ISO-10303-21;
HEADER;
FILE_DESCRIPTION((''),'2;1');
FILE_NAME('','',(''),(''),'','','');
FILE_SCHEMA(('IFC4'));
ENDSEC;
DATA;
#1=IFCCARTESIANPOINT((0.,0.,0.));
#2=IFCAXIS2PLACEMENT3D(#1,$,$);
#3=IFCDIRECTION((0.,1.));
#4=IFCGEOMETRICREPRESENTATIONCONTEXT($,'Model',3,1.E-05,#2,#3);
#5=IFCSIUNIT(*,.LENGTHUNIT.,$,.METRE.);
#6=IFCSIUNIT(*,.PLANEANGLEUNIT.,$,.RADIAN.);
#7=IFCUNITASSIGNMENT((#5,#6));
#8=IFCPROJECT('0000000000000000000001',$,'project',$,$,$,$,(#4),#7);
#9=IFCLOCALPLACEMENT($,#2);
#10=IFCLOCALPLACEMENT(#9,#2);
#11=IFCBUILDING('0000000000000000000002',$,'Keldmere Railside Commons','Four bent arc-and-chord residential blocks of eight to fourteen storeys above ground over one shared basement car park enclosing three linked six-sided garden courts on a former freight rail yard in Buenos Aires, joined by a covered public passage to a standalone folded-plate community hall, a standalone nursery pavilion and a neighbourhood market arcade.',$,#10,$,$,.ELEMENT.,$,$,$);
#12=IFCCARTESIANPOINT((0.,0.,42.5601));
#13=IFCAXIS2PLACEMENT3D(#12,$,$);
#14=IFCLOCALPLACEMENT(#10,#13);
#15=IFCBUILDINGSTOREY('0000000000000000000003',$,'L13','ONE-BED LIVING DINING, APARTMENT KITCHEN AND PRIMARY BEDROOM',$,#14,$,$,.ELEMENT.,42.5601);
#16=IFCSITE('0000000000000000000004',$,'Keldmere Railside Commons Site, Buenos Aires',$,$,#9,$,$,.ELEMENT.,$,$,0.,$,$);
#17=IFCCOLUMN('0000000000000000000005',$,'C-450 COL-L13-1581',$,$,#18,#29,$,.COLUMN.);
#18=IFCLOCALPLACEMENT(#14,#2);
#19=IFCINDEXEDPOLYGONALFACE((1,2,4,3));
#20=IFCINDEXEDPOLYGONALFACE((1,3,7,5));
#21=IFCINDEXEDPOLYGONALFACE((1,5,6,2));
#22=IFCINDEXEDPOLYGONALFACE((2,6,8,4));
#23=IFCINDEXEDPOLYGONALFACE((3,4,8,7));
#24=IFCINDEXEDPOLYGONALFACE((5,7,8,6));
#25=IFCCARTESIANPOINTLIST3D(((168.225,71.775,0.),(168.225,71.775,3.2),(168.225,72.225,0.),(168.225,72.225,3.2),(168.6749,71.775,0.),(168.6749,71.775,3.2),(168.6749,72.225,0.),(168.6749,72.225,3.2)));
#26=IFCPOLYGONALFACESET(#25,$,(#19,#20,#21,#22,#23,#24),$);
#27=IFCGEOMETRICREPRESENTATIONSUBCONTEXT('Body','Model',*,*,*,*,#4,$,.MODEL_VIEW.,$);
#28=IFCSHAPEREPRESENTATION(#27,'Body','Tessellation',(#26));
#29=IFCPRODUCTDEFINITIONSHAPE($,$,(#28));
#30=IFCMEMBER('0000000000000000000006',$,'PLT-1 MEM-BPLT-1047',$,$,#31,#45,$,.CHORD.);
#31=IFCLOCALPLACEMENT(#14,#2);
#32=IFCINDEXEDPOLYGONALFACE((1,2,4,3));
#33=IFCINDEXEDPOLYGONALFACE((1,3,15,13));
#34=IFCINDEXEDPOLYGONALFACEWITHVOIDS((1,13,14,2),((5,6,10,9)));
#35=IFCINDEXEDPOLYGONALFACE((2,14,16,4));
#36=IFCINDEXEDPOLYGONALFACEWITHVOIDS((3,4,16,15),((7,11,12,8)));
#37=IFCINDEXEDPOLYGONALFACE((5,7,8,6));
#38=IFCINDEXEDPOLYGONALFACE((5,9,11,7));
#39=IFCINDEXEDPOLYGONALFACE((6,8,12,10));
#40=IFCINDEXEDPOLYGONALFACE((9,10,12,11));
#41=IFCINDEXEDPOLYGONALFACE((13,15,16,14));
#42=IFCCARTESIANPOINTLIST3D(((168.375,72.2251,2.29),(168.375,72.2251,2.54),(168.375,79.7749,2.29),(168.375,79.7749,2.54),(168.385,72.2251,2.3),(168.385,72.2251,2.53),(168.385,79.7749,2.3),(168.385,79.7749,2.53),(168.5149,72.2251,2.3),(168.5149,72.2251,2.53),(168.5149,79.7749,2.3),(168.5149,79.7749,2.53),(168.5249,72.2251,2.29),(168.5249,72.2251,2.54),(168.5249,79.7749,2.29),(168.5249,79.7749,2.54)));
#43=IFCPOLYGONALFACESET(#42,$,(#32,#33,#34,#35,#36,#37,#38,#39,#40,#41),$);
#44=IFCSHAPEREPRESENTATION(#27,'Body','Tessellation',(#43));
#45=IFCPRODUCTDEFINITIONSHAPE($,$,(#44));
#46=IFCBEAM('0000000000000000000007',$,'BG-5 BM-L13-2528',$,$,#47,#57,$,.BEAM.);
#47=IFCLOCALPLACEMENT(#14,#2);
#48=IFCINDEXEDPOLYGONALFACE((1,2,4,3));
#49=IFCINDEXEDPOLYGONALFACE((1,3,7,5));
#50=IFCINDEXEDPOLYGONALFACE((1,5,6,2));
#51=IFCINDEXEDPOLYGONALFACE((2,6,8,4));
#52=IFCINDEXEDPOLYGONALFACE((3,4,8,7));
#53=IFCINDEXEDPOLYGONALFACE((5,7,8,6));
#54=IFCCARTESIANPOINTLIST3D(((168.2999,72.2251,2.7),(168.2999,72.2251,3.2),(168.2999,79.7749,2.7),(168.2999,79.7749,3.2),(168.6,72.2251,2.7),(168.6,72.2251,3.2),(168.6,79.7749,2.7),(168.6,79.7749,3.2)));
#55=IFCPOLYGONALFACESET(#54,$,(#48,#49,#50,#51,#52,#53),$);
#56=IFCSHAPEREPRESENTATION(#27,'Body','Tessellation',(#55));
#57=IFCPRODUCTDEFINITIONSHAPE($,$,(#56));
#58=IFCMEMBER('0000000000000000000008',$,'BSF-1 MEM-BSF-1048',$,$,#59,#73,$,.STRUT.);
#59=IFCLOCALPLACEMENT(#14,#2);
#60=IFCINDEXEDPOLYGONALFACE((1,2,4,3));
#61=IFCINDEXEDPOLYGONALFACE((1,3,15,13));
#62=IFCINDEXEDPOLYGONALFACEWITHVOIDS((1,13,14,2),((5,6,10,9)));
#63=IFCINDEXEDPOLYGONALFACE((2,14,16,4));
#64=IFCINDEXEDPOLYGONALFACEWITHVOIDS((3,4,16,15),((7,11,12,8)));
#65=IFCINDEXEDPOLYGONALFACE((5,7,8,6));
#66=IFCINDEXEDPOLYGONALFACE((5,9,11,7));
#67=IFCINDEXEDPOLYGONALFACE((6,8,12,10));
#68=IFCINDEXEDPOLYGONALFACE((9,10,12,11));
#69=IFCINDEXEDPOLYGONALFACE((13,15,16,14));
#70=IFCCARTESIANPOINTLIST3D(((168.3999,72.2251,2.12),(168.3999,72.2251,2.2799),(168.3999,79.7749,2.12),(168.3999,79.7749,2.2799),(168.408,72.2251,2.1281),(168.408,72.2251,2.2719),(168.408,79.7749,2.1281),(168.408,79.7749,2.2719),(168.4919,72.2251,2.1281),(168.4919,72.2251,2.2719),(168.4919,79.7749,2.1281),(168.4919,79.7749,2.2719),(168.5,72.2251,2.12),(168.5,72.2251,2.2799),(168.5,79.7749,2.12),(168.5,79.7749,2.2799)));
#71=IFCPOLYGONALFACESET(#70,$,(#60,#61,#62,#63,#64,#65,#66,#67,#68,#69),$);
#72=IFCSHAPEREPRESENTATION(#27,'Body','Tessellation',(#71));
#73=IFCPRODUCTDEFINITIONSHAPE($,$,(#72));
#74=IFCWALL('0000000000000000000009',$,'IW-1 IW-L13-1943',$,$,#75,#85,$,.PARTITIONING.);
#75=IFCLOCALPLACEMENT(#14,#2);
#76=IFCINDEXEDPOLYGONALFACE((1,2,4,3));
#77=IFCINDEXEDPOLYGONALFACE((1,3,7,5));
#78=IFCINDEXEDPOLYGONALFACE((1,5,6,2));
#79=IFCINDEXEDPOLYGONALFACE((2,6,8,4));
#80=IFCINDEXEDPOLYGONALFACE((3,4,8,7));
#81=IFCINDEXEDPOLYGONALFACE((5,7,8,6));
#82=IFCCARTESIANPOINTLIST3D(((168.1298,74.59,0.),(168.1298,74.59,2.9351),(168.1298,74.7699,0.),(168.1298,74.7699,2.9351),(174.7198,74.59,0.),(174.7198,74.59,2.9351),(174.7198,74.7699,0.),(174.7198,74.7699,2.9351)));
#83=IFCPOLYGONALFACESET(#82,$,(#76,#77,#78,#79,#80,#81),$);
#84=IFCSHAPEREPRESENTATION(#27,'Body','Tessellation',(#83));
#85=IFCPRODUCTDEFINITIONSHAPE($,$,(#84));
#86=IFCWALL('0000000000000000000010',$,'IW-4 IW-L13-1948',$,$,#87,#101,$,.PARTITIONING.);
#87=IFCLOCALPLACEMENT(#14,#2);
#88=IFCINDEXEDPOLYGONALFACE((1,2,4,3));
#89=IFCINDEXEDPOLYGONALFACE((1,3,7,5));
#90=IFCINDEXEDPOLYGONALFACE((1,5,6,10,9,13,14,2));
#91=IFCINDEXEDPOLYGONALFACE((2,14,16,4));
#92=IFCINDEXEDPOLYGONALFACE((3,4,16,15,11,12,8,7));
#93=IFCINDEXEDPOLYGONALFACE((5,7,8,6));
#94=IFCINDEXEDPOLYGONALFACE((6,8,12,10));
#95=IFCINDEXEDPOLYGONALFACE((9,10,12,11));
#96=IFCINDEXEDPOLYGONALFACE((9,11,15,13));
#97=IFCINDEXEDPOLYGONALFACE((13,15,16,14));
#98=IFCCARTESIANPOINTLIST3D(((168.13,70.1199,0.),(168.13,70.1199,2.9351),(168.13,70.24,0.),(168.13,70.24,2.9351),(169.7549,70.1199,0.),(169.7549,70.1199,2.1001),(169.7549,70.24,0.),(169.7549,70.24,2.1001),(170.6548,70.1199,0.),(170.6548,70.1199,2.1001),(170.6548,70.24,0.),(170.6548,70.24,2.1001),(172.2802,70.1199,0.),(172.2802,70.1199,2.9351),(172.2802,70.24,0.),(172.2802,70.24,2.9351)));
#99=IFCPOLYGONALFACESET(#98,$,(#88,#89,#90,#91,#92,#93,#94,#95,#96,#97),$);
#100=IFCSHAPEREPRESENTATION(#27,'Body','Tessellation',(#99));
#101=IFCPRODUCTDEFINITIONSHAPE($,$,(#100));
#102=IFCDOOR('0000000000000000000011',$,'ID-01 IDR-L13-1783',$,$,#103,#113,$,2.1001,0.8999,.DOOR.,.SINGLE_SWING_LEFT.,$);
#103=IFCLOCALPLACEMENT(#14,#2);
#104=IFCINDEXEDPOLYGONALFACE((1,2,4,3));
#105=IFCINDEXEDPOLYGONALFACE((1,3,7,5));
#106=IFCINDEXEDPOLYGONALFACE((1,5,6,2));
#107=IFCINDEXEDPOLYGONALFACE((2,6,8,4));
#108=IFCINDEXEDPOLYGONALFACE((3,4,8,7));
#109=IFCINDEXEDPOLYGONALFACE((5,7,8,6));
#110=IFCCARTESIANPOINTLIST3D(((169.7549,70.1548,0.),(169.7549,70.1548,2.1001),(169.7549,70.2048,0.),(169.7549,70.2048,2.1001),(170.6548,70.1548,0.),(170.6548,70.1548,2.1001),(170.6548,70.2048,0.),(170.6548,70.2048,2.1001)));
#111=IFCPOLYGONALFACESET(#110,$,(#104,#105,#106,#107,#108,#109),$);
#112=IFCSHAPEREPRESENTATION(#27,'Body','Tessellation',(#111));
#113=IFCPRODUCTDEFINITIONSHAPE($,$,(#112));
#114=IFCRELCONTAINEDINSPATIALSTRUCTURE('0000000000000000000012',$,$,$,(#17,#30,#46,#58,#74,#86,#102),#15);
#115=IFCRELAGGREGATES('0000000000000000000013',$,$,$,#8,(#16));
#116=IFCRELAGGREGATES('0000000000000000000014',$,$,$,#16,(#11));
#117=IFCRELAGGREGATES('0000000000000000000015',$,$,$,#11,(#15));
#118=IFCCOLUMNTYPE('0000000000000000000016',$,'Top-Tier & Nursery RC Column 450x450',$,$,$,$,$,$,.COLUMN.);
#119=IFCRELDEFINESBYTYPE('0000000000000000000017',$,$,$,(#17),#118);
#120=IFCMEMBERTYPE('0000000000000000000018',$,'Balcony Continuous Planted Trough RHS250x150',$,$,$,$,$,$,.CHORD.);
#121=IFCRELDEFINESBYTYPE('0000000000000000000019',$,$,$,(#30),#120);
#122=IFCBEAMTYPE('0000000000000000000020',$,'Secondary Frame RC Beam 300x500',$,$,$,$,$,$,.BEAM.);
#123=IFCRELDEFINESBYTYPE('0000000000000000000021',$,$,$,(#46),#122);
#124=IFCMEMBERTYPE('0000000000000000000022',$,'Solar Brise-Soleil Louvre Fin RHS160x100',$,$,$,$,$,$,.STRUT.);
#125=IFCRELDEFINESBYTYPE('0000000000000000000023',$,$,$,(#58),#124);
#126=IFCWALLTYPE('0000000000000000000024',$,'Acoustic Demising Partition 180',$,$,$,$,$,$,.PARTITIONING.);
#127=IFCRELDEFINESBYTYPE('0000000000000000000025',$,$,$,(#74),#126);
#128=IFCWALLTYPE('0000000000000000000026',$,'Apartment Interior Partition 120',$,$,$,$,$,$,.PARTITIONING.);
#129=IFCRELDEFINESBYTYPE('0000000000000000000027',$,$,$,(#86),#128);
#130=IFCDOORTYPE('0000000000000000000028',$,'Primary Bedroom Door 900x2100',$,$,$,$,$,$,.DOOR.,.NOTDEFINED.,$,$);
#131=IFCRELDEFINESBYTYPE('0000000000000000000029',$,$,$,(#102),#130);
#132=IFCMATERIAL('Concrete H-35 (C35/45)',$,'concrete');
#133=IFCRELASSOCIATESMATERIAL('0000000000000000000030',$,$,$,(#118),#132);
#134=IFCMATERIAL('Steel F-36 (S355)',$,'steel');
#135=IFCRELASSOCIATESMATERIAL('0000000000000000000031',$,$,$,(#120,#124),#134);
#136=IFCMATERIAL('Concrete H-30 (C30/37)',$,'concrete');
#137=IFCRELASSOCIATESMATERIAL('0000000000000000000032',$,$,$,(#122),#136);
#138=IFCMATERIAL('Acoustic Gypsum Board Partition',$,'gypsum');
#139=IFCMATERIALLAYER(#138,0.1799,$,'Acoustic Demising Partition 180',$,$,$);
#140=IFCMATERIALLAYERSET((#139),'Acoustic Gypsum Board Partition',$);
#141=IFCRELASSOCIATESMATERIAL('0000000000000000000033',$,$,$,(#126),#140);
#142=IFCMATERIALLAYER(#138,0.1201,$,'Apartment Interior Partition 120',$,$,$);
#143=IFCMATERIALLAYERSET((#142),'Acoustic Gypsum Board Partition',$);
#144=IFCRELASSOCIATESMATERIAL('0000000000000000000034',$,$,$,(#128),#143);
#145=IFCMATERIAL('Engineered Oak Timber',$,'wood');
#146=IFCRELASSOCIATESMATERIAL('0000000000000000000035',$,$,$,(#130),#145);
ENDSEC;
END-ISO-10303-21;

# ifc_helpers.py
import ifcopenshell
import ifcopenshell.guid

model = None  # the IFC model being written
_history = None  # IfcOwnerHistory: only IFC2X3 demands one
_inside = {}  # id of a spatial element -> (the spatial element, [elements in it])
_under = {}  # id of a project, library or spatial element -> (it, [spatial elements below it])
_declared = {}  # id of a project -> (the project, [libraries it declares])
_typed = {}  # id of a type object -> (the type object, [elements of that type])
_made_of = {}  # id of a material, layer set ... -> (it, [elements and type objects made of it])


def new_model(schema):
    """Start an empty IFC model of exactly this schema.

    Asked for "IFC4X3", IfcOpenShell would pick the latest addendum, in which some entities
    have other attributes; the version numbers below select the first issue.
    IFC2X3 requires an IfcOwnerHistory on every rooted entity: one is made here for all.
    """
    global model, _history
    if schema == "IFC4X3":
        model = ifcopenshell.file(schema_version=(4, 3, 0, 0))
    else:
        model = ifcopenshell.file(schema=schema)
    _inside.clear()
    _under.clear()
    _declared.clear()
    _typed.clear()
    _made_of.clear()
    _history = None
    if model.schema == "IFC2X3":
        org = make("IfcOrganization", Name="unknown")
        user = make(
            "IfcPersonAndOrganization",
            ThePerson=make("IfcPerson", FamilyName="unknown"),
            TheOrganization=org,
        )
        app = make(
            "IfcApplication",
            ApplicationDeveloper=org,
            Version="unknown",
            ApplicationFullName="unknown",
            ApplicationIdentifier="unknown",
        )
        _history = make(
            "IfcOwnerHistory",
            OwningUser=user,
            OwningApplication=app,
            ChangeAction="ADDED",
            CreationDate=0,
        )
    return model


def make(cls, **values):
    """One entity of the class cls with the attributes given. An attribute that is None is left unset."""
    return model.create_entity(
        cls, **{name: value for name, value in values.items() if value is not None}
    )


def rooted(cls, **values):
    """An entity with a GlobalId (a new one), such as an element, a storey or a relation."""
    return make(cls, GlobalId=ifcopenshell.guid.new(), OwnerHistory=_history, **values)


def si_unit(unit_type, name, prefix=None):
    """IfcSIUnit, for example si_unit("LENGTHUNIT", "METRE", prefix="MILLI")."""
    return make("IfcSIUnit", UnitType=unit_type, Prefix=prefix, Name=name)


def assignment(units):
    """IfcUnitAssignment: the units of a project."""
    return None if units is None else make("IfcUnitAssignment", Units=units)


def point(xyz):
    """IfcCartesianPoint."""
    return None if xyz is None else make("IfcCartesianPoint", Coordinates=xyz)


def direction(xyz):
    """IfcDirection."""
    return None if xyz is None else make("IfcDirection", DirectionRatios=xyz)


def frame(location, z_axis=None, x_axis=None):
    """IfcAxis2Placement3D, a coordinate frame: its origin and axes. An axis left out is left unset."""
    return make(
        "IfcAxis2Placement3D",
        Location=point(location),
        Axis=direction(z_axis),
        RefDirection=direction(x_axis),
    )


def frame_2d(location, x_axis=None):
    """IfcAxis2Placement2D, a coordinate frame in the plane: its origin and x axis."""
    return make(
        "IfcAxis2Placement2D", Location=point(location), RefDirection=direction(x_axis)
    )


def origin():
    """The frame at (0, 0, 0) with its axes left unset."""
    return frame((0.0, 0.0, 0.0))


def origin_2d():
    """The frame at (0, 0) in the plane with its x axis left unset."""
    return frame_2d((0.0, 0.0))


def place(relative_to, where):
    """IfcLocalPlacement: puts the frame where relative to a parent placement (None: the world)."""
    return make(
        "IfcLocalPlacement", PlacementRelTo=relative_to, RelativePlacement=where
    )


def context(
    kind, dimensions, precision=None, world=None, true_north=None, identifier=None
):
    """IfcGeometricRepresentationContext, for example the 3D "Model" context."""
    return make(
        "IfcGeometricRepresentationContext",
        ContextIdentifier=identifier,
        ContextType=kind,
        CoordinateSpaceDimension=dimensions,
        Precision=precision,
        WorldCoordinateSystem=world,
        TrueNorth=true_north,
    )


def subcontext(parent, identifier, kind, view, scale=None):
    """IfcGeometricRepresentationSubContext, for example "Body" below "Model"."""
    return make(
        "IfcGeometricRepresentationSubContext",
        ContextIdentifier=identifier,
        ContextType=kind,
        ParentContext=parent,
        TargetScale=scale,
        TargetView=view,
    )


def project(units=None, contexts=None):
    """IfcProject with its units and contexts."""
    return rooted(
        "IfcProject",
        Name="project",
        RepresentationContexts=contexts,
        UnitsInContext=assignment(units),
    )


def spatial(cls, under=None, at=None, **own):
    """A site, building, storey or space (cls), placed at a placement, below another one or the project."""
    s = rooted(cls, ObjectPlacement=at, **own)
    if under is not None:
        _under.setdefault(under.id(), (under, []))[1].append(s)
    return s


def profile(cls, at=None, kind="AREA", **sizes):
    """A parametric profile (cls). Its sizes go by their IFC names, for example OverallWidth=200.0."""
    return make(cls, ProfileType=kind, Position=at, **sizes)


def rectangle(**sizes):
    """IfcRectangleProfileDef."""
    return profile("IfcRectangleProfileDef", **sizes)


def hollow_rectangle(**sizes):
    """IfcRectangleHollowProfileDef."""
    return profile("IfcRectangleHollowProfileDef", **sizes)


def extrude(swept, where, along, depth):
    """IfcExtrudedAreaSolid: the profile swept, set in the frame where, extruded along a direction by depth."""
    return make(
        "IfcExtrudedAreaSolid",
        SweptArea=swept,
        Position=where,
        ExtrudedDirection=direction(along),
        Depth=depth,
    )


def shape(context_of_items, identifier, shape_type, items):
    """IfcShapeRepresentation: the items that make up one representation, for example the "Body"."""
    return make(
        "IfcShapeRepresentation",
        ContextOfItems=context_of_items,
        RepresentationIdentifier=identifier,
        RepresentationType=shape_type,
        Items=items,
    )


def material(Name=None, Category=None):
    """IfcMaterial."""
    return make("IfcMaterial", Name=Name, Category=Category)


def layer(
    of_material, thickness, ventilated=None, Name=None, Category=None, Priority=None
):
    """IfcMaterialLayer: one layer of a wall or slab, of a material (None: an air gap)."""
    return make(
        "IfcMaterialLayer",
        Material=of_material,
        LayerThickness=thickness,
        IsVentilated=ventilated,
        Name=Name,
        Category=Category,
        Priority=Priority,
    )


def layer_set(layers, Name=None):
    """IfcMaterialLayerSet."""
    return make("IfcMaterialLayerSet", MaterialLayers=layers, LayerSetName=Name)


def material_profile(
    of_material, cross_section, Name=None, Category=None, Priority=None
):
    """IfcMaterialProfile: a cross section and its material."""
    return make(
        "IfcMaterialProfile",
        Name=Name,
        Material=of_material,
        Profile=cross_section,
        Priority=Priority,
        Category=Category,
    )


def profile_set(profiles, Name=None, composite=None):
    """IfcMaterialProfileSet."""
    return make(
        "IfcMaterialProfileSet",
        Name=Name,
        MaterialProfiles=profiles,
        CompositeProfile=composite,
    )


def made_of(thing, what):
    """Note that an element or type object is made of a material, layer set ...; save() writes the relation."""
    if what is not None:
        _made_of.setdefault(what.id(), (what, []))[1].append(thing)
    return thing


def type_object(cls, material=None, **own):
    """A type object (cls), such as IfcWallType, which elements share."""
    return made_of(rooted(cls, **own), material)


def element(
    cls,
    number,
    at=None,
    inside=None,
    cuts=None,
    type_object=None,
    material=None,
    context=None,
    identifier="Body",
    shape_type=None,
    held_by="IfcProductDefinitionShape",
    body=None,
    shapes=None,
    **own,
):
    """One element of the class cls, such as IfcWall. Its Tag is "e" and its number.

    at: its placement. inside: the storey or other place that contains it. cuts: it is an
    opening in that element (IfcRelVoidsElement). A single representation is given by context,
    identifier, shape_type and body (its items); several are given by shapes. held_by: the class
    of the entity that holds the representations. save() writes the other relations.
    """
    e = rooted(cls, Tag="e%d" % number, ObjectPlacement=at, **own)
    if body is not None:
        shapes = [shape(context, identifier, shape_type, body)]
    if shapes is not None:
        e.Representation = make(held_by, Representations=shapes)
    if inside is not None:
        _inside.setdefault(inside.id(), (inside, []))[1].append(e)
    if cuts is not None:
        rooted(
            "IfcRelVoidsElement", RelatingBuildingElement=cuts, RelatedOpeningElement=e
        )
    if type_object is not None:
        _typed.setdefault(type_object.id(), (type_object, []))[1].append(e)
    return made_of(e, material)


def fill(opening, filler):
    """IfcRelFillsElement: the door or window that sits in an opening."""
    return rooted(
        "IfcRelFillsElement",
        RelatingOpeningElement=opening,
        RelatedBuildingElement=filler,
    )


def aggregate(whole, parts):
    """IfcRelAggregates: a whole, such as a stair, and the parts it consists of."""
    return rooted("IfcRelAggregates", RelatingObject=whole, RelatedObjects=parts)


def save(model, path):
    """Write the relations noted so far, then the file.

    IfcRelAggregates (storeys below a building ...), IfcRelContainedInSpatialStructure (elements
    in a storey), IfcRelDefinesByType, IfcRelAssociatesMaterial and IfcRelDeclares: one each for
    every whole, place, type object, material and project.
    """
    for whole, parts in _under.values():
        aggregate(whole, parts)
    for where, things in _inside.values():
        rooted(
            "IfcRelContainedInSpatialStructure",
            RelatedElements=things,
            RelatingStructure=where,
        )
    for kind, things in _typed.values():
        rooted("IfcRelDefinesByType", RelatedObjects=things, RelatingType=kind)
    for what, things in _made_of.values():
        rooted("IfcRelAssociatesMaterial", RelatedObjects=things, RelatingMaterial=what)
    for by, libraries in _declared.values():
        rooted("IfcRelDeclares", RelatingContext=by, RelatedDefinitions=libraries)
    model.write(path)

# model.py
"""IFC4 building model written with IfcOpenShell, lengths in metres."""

from ifc_helpers import new_model, si_unit, direction, frame, frame_2d, origin, origin_2d, place, context, subcontext, project, spatial, rectangle, hollow_rectangle, extrude, material, layer, layer_set, material_profile, profile_set, type_object, element, fill, save


model = new_model("IFC4")

# Units and contexts
model_context = context("Model", 3, precision=1e-05, world=origin(), true_north=direction((0.0, 1.0)))
body_context = subcontext(model_context, "Body", "Model", "MODEL_VIEW")
ifc_project = project(units=[si_unit("LENGTHUNIT", "METRE"), si_unit("PLANEANGLEUNIT", "RADIAN")], contexts=[model_context])

# Site, building, storey
site_placement = place(None, origin())
site = spatial("IfcSite", under=ifc_project, at=site_placement, Name="Keldmere Railside Commons Site, Buenos Aires", CompositionType="ELEMENT", RefElevation=0.0)
building_placement = place(site_placement, origin())
building = spatial("IfcBuilding", under=site, at=building_placement, Name="Keldmere Railside Commons", Description="Four bent arc-and-chord residential blocks of eight to fourteen storeys above ground over one shared basement car park enclosing three linked six-sided garden courts on a former freight rail yard in Buenos Aires, joined by a covered public passage to a standalone folded-plate community hall, a standalone nursery pavilion and a neighbourhood market arcade.", CompositionType="ELEMENT")
storey_placement = place(building_placement, frame((0.0, 0.0, 42.5601)))
storey = spatial("IfcBuildingStorey", under=building, at=storey_placement, Name="L13", Description="ONE-BED LIVING DINING, APARTMENT KITCHEN AND PRIMARY BEDROOM", CompositionType="ELEMENT", Elevation=42.5601)

# Column
ifc_material_1 = material(Name="Concrete H-35 (C35/45)", Category="concrete")
ifc_material_profile_1 = material_profile(ifc_material_1, rectangle(XDim=0.45, YDim=0.45, at=origin_2d()), Name="RC-450x450")
ifc_profile_set_1 = profile_set([ifc_material_profile_1], Name="Concrete H-35 (C35/45)")
column_type = type_object("IfcColumnType", Name="Top-Tier & Nursery RC Column 450x450", PredefinedType="COLUMN", material=ifc_profile_set_1)
column_placement = place(storey_placement, frame((168.45, 72.0, 0.0), z_axis=(0.0, 0.0, 1.0), x_axis=(1.0, 0.0, 0.0)))
element("IfcColumn", 1, at=column_placement, inside=storey, type_object=column_type, Name="C-450 COL-L13-1581", PredefinedType="COLUMN", context=body_context, shape_type="SweptSolid", body=[
    extrude(rectangle(XDim=0.45, YDim=0.45, at=origin_2d()), origin(), (0.0, 0.0, 1.0), 3.2),
])

# Member
ifc_material_2 = material(Name="Steel F-36 (S355)", Category="steel")
ifc_material_profile_2 = material_profile(ifc_material_2, hollow_rectangle(XDim=0.1499, YDim=0.25, WallThickness=0.01, at=origin_2d()), Name="RHS-250x150x10")
ifc_profile_set_2 = profile_set([ifc_material_profile_2], Name="Steel F-36 (S355)")
member_type_1 = type_object("IfcMemberType", Name="Balcony Continuous Planted Trough RHS250x150", PredefinedType="CHORD", material=ifc_profile_set_2)
member_1_placement = place(storey_placement, frame((168.45, 72.2251, 2.415), z_axis=(0.0, 1.0, 0.0), x_axis=(-1.0, 0.0, 0.0)))
element("IfcMember", 2, at=member_1_placement, inside=storey, type_object=member_type_1, Name="PLT-1 MEM-BPLT-1047", PredefinedType="CHORD", context=body_context, shape_type="SweptSolid", body=[
    extrude(hollow_rectangle(XDim=0.1499, YDim=0.25, WallThickness=0.01, at=origin_2d()), origin(), (0.0, 0.0, 1.0), 7.5498),
])

# Beam
ifc_material_3 = material(Name="Concrete H-30 (C30/37)", Category="concrete")
ifc_material_profile_3 = material_profile(ifc_material_3, rectangle(XDim=0.3, YDim=0.5, at=origin_2d()), Name="RC-300x500")
ifc_profile_set_3 = profile_set([ifc_material_profile_3], Name="Concrete H-30 (C30/37)")
beam_type = type_object("IfcBeamType", Name="Secondary Frame RC Beam 300x500", PredefinedType="BEAM", material=ifc_profile_set_3)
beam_placement = place(storey_placement, frame((168.45, 72.2251, 2.95), z_axis=(0.0, 1.0, 0.0), x_axis=(-1.0, 0.0, 0.0)))
element("IfcBeam", 3, at=beam_placement, inside=storey, type_object=beam_type, Name="BG-5 BM-L13-2528", PredefinedType="BEAM", context=body_context, shape_type="SweptSolid", body=[
    extrude(rectangle(XDim=0.3, YDim=0.5, at=origin_2d()), origin(), (0.0, 0.0, 1.0), 7.5498),
])

# Member
ifc_material_profile_4 = material_profile(ifc_material_2, hollow_rectangle(XDim=0.1001, YDim=0.1599, WallThickness=0.0081, at=origin_2d()), Name="RHS-160x100x8")
ifc_profile_set_4 = profile_set([ifc_material_profile_4], Name="Steel F-36 (S355)")
member_type_2 = type_object("IfcMemberType", Name="Solar Brise-Soleil Louvre Fin RHS160x100", PredefinedType="STRUT", material=ifc_profile_set_4)
member_2_placement = place(storey_placement, frame((168.45, 72.2251, 2.2), z_axis=(0.0, 1.0, 0.0), x_axis=(-1.0, 0.0, 0.0)))
element("IfcMember", 4, at=member_2_placement, inside=storey, type_object=member_type_2, Name="BSF-1 MEM-BSF-1048", PredefinedType="STRUT", context=body_context, shape_type="SweptSolid", body=[
    extrude(hollow_rectangle(XDim=0.1001, YDim=0.1599, WallThickness=0.0081, at=origin_2d()), origin(), (0.0, 0.0, 1.0), 7.5498),
])

# Wall
ifc_material_4 = material(Name="Acoustic Gypsum Board Partition", Category="gypsum")
ifc_layer_1 = layer(ifc_material_4, 0.1799, Name="Acoustic Demising Partition 180")
ifc_layer_set_1 = layer_set([ifc_layer_1], Name="Acoustic Gypsum Board Partition")
wall_type_1 = type_object("IfcWallType", Name="Acoustic Demising Partition 180", PredefinedType="PARTITIONING", material=ifc_layer_set_1)
wall_1_placement = place(storey_placement, frame((168.1299, 74.6799, 0.0), z_axis=(0.0, 0.0, 1.0), x_axis=(1.0, 0.0, 0.0)))
element("IfcWall", 5, at=wall_1_placement, inside=storey, type_object=wall_type_1, Name="IW-1 IW-L13-1943", PredefinedType="PARTITIONING", context=body_context, shape_type="SweptSolid", body=[
    extrude(rectangle(XDim=6.5901, YDim=0.1799, at=frame_2d((3.2949, 0.0))), origin(), (0.0, 0.0, 1.0), 2.9351),
])

# Wall, opening, door
ifc_layer_2 = layer(ifc_material_4, 0.1201, Name="Apartment Interior Partition 120")
ifc_layer_set_2 = layer_set([ifc_layer_2], Name="Acoustic Gypsum Board Partition")
wall_type_2 = type_object("IfcWallType", Name="Apartment Interior Partition 120", PredefinedType="PARTITIONING", material=ifc_layer_set_2)
wall_2_placement = place(storey_placement, frame((168.1299, 70.1799, 0.0), z_axis=(0.0, 0.0, 1.0), x_axis=(1.0, 0.0, 0.0)))
wall_2 = element("IfcWall", 6, at=wall_2_placement, inside=storey, type_object=wall_type_2, Name="IW-4 IW-L13-1948", PredefinedType="PARTITIONING", context=body_context, shape_type="SweptSolid", body=[
    extrude(rectangle(XDim=4.1501, YDim=0.1201, at=frame_2d((2.0752, 0.0))), origin(), (0.0, 0.0, 1.0), 2.9351),
])
opening_1_placement = place(wall_2_placement, frame((1.625, 0.0, 0.0)))
opening_1 = element("IfcOpeningElement", 7, at=opening_1_placement, cuts=wall_2, PredefinedType="OPENING", context=body_context, shape_type="SweptSolid", body=[
    extrude(rectangle(XDim=0.8999, YDim=2.1001, at=frame_2d((0.45, 1.05))), frame((0.0, 0.0701, 0.0), z_axis=(0.0, -1.0, 0.0), x_axis=(1.0, 0.0, 0.0)), (0.0, 0.0, 1.0), 0.1401),
])
ifc_material_5 = material(Name="Engineered Oak Timber", Category="wood")
door_type_1 = type_object("IfcDoorType", Name="Primary Bedroom Door 900x2100", OperationType="NOTDEFINED", PredefinedType="DOOR", material=ifc_material_5)
door_1_placement = place(opening_1_placement, origin())
door_1 = element("IfcDoor", 8, at=door_1_placement, inside=storey, type_object=door_type_1, Name="ID-01 IDR-L13-1783", OperationType="SINGLE_SWING_LEFT", OverallHeight=2.1001, OverallWidth=0.8999, PredefinedType="DOOR", context=body_context, shape_type="SweptSolid", body=[
    extrude(rectangle(XDim=0.8999, YDim=2.1001, at=frame_2d((0.45, 1.05))), frame((0.0, 0.0249, 0.0), z_axis=(0.0, -1.0, 0.0), x_axis=(1.0, 0.0, 0.0)), (0.0, 0.0, 1.0), 0.05),
])
fill(opening_1, door_1)

save(model, "model.ifc")
